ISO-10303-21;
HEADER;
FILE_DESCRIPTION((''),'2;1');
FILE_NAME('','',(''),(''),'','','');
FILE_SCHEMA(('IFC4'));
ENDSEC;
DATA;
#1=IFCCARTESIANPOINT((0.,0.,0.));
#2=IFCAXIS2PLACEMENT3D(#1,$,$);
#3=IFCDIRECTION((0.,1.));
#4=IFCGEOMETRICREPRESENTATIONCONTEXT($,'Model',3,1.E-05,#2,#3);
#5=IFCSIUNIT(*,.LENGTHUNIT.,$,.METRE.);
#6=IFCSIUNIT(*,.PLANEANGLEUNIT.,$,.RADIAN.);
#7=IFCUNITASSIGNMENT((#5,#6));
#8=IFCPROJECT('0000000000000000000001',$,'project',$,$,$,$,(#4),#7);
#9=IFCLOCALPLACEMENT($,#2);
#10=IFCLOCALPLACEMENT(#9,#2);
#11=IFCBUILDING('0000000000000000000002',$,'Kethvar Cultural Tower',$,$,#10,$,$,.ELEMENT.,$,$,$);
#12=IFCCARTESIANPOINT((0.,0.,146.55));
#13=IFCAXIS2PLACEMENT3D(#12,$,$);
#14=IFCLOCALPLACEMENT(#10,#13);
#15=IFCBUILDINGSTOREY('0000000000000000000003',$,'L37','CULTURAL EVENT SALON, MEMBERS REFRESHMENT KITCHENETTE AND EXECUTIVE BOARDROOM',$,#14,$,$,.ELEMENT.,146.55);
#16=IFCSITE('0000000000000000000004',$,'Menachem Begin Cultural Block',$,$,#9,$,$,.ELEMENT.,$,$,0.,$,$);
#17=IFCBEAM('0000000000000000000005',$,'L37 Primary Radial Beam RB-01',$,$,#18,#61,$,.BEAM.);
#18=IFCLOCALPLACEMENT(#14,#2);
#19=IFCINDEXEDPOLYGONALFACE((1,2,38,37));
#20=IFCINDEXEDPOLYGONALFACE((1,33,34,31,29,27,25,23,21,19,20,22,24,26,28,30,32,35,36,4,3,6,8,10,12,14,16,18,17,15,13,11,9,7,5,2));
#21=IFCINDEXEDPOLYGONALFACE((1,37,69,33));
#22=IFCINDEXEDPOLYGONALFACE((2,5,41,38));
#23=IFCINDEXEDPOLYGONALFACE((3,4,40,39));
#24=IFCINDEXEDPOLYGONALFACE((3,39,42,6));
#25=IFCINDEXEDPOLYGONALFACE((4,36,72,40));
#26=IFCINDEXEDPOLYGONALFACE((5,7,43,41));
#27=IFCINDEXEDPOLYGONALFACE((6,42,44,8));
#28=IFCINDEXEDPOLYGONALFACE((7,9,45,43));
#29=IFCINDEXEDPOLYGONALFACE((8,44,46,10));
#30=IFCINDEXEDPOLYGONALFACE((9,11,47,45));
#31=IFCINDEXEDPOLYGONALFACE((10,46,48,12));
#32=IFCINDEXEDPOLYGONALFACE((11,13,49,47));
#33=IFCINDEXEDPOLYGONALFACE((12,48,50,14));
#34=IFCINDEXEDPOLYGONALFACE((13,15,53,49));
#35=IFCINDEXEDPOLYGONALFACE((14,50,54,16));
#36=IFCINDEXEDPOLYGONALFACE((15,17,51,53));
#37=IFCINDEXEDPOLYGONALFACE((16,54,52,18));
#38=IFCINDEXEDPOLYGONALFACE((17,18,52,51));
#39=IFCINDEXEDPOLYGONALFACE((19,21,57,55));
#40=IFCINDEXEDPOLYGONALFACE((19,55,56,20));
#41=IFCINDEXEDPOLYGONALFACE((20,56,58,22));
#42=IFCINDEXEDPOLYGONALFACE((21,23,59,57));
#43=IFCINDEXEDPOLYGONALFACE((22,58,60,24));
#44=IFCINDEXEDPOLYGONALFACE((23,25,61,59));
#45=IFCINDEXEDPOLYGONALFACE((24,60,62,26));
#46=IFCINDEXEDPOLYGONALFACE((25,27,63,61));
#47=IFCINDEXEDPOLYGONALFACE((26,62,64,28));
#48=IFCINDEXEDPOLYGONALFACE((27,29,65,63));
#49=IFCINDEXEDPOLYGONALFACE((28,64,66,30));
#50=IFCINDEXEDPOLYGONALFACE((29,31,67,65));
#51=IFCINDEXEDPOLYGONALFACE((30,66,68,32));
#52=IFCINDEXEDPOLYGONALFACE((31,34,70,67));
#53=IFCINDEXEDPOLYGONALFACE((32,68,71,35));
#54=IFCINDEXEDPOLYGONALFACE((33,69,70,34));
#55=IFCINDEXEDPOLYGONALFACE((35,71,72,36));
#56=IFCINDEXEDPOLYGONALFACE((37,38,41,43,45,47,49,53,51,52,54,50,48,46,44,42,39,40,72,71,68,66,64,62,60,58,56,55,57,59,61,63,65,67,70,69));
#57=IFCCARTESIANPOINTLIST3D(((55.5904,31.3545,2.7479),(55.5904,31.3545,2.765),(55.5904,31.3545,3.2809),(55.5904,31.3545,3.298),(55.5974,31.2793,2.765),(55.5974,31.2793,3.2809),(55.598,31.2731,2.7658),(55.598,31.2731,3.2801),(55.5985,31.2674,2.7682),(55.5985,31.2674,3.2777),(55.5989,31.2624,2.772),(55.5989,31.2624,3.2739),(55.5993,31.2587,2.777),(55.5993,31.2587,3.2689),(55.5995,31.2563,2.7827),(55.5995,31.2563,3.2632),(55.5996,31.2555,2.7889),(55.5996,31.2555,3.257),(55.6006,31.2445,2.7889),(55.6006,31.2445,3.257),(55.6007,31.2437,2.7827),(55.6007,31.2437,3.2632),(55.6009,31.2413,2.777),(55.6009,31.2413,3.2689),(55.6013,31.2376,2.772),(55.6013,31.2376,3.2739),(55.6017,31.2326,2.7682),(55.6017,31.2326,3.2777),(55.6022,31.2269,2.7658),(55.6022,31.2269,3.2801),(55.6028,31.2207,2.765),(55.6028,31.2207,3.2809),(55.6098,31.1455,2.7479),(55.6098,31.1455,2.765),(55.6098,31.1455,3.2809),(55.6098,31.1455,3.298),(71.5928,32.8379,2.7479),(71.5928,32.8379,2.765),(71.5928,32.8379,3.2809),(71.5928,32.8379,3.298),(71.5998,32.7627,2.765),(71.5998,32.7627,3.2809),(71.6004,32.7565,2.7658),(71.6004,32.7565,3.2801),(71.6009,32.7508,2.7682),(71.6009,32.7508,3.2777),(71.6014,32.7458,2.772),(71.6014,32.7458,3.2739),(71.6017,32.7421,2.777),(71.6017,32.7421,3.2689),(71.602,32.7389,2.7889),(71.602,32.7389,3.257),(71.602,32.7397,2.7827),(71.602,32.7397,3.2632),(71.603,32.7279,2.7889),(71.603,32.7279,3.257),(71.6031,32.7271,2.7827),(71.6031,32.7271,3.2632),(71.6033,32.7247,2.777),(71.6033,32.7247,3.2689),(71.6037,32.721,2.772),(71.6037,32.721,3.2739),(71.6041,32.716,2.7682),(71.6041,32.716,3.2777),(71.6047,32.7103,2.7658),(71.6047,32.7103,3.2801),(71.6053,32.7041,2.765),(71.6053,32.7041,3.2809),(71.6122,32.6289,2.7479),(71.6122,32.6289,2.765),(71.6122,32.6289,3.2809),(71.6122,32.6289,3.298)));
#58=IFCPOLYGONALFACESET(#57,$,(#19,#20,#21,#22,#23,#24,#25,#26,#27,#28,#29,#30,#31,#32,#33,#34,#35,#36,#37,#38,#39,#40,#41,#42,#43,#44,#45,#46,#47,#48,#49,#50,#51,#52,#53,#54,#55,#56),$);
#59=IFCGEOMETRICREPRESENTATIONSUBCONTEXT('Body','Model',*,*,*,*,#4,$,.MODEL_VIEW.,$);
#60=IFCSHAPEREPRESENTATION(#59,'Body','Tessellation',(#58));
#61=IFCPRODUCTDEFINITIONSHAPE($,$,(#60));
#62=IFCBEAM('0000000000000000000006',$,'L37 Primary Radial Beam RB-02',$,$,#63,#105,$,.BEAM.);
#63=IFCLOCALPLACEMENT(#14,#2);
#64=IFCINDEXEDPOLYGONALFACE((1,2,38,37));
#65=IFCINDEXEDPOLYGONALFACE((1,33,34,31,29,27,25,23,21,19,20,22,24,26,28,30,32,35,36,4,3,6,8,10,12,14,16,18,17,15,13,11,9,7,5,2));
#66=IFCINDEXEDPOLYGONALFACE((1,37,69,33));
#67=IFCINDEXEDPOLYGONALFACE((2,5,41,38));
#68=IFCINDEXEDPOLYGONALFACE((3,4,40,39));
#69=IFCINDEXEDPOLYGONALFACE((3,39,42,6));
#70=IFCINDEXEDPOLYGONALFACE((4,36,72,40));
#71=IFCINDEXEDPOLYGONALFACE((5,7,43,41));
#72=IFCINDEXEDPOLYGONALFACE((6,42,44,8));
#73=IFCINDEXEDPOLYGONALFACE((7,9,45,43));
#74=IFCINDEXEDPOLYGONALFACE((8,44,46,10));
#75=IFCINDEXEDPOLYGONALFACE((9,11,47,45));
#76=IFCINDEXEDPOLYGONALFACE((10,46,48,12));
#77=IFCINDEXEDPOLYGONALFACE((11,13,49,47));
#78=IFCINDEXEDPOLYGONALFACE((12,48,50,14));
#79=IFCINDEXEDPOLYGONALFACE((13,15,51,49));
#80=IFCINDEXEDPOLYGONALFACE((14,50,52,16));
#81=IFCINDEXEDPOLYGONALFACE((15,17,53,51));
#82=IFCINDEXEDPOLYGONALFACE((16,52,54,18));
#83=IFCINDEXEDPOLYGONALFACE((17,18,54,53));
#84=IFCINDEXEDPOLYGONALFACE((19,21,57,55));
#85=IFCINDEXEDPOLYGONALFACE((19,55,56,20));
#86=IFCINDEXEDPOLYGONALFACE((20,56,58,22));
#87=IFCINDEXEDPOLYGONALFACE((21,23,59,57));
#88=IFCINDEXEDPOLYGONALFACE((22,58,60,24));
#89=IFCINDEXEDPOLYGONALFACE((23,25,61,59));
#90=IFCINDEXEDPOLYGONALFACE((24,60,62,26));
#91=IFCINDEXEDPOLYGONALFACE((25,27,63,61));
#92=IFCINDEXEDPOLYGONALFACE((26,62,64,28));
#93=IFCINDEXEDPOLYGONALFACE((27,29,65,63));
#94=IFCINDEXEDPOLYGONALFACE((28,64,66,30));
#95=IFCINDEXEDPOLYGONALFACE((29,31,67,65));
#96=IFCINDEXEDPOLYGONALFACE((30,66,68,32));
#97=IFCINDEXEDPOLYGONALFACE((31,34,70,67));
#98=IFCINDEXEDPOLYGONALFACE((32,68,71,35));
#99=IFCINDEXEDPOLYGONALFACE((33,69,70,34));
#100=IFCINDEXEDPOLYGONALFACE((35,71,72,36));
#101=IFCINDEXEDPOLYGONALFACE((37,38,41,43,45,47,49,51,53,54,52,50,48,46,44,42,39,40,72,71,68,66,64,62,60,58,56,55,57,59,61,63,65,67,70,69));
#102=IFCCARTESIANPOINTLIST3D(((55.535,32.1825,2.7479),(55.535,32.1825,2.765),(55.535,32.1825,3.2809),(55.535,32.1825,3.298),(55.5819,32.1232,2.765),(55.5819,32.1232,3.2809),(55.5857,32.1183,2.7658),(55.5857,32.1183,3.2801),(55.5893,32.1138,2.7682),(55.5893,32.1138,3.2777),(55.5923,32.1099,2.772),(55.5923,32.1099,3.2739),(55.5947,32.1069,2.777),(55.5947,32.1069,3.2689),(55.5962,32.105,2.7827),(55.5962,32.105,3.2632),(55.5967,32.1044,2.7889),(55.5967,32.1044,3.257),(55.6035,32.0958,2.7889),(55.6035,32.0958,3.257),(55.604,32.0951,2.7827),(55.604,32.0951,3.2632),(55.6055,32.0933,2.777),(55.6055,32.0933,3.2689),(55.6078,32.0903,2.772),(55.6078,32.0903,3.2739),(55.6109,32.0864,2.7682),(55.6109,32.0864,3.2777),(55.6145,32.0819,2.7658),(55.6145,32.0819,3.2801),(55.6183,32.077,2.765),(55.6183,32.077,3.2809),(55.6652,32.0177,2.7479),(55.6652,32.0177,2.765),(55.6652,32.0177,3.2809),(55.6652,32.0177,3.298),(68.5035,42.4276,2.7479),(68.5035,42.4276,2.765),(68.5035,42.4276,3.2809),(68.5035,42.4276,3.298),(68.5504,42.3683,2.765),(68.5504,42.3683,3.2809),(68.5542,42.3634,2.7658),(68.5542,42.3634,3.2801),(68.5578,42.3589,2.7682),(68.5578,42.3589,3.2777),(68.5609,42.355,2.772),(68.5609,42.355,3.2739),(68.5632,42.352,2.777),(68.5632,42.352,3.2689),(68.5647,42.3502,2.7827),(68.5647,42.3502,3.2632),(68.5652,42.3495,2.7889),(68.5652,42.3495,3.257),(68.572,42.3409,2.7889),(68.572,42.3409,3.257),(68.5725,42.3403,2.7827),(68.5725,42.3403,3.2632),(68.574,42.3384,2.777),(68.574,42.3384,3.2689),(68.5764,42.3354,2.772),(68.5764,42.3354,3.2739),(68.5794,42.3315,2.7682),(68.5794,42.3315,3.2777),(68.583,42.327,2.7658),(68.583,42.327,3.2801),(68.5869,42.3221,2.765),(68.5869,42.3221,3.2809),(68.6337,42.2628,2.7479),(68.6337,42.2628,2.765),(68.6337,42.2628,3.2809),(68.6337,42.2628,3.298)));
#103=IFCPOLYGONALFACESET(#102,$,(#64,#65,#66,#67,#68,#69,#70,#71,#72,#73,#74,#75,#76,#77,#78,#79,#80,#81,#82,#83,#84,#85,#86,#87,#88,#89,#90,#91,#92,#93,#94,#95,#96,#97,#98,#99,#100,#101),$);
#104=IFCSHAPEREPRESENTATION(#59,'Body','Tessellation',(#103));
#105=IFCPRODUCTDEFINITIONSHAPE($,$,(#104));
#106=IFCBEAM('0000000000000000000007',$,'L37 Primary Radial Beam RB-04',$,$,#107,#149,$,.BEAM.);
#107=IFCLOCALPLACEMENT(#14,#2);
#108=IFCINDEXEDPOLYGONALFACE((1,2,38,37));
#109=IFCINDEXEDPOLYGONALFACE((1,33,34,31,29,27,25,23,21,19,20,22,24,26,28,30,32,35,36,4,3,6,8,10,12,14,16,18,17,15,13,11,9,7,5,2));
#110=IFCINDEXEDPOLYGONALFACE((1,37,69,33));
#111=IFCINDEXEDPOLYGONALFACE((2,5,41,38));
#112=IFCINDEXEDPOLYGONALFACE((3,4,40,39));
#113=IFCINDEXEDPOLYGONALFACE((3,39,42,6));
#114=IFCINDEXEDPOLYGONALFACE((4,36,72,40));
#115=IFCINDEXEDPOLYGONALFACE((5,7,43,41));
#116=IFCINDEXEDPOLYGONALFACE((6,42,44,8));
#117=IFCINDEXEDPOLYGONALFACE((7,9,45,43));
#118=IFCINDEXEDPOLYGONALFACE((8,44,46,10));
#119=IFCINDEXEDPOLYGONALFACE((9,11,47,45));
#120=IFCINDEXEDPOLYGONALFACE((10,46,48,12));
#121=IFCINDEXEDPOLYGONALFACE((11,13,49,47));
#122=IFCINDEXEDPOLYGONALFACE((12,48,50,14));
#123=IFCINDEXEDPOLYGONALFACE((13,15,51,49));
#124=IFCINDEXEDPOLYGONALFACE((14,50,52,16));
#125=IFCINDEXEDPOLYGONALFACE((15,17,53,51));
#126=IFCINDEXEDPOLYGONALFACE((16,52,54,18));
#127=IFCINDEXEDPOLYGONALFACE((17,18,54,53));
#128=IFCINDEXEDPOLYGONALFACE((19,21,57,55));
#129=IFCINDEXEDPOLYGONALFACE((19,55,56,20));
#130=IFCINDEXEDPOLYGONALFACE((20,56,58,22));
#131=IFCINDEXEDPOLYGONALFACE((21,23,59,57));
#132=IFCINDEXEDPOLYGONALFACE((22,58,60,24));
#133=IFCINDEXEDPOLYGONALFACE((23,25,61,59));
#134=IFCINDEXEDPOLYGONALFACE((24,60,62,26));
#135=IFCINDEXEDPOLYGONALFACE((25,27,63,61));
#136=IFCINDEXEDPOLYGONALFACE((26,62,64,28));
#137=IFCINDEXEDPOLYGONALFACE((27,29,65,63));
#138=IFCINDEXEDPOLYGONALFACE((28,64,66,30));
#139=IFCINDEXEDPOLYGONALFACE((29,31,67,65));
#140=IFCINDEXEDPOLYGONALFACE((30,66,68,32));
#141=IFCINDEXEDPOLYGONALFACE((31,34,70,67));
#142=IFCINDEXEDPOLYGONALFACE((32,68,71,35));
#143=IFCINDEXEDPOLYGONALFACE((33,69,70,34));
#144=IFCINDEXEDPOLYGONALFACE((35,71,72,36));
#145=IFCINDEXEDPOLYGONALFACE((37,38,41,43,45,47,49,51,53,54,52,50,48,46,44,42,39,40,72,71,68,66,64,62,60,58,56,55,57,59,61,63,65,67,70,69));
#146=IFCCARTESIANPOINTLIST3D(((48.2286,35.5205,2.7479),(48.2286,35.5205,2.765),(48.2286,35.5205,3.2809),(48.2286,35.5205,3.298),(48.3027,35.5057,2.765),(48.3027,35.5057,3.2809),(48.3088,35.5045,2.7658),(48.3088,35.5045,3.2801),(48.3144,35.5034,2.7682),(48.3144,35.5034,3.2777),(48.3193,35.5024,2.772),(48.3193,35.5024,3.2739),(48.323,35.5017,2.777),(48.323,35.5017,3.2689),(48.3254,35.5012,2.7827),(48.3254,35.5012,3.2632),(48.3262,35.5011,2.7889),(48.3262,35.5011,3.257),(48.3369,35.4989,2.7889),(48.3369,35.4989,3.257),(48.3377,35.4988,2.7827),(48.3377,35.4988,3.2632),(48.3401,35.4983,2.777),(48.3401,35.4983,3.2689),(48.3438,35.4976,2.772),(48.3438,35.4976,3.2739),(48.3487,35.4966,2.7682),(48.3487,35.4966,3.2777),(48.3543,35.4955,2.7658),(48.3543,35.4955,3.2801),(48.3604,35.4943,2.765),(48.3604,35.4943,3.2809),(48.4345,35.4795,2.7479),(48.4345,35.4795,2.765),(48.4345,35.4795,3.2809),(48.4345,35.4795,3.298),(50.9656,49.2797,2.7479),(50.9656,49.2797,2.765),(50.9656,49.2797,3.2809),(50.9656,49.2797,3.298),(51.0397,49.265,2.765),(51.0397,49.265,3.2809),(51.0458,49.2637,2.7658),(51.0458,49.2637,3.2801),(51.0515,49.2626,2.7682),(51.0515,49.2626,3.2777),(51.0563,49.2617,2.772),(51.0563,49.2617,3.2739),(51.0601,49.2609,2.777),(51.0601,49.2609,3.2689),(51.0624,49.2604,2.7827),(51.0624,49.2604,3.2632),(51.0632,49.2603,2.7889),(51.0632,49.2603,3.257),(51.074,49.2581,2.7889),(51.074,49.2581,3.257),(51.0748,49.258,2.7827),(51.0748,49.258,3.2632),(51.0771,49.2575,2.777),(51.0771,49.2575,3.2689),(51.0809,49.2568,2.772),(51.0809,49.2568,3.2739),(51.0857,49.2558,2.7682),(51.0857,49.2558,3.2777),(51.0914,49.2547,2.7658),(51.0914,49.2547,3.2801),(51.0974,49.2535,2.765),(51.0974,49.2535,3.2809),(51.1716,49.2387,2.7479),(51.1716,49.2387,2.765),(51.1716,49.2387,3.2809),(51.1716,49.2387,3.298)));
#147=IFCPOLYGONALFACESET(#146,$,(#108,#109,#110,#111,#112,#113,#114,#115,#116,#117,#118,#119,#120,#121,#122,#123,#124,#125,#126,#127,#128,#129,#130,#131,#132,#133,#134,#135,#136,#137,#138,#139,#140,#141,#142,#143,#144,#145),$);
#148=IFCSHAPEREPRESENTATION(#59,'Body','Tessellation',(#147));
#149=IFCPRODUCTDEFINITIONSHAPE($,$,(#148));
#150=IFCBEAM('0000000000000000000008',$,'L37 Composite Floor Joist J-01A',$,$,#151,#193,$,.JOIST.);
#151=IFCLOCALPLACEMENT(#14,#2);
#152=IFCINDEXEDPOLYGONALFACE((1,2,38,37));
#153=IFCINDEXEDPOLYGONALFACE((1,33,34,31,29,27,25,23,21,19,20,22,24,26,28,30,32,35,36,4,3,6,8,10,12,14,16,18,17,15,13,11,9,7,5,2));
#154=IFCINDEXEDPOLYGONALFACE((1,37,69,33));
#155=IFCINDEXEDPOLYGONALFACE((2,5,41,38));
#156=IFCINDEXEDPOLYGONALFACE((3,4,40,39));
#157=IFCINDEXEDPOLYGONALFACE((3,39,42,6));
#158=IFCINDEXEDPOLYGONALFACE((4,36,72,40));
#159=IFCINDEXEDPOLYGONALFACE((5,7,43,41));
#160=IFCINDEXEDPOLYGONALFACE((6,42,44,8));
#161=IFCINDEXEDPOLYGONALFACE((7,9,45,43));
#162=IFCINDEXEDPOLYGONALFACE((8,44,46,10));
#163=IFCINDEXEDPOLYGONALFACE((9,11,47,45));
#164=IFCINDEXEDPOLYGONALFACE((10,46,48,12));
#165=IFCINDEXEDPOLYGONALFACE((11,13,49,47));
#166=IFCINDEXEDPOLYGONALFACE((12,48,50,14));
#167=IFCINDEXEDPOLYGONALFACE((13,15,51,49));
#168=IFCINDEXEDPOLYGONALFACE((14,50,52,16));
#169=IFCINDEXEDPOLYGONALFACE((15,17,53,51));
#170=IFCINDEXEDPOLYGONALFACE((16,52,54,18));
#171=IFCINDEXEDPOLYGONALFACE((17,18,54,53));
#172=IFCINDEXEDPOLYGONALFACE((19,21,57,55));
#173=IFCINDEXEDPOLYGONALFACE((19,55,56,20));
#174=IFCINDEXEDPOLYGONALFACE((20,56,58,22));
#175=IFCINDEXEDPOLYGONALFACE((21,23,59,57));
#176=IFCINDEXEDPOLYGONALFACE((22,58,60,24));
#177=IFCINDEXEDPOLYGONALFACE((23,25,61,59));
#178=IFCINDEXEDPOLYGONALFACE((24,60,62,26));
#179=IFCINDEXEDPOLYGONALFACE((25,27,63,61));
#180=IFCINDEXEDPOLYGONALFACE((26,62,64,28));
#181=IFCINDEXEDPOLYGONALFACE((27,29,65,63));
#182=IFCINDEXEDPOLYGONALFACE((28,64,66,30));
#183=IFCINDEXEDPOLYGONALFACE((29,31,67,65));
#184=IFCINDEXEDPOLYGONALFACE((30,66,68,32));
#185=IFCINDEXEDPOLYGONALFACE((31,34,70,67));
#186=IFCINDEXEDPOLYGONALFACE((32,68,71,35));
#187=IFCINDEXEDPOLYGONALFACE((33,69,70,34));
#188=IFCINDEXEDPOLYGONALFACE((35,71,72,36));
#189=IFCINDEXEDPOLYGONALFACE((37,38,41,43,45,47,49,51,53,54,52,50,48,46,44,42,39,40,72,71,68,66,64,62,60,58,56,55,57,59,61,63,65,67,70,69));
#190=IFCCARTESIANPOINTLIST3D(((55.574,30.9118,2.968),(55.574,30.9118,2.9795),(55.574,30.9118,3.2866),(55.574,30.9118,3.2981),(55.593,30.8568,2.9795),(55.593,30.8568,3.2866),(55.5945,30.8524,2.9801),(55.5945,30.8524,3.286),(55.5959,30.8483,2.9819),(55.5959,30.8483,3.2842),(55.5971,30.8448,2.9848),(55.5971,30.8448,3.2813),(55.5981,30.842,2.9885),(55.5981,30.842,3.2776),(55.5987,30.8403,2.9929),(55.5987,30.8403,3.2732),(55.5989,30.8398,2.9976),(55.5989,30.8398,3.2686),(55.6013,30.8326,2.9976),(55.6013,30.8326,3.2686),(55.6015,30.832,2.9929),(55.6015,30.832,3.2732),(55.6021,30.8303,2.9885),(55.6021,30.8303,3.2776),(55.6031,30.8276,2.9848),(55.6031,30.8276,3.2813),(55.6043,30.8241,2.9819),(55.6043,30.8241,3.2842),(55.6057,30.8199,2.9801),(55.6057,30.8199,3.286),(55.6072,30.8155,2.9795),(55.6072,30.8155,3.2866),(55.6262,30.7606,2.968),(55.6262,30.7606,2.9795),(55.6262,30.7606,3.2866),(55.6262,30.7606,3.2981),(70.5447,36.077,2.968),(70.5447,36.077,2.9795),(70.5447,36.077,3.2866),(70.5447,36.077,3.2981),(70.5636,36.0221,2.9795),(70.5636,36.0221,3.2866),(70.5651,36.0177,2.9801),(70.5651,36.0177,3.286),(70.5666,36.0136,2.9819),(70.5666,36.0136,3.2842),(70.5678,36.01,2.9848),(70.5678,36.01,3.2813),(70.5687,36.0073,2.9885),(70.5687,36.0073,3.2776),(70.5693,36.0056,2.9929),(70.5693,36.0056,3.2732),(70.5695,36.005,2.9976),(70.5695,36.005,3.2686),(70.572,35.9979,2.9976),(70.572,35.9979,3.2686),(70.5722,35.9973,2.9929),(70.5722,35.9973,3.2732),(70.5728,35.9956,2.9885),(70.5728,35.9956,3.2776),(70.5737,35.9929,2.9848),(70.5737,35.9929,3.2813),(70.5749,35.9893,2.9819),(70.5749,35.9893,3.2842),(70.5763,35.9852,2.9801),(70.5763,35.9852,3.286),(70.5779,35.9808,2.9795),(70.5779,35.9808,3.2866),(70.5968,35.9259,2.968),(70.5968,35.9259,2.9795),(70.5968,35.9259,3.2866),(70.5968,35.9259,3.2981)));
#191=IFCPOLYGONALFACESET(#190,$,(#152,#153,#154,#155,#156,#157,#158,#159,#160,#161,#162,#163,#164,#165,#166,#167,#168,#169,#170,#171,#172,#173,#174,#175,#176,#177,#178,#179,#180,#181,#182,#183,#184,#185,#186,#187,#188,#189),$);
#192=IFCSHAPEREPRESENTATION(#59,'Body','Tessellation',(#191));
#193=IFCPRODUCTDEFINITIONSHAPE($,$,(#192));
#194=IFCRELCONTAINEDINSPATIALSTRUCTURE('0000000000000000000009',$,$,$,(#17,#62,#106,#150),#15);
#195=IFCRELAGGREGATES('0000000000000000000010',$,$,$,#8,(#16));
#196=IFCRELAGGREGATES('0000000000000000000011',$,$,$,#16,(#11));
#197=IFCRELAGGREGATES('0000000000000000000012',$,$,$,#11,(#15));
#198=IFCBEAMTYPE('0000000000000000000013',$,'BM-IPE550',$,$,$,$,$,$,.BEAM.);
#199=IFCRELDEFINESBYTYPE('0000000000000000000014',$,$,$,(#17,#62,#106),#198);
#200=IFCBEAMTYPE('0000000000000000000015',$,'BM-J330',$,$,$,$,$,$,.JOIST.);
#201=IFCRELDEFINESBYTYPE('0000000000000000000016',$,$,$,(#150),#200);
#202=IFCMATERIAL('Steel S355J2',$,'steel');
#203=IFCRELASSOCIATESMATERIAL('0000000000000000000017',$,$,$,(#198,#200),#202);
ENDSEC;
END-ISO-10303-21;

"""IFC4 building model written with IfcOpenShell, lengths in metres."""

from ifc_helpers import new_model, si_unit, direction, frame, origin, origin_2d, place, context, subcontext, project, spatial, i_section, extrude, source, transform, mapped, material, material_profile, profile_set, type_object, element, save


model = new_model("IFC4")

# Units and contexts
model_context = context("Model", 3, precision=1e-05, world=origin(), true_north=direction((0.0, 1.0)))
body_context = subcontext(model_context, "Body", "Model", "MODEL_VIEW")
ifc_project = project(units=[si_unit("LENGTHUNIT", "METRE"), si_unit("PLANEANGLEUNIT", "RADIAN")], contexts=[model_context])

# Site, building, storey
site_placement = place(None, origin())
site = spatial("IfcSite", under=ifc_project, at=site_placement, Name="Menachem Begin Cultural Block", CompositionType="ELEMENT", RefElevation=0.0)
building_placement = place(site_placement, origin())
building = spatial("IfcBuilding", under=site, at=building_placement, Name="Kethvar Cultural Tower", CompositionType="ELEMENT")
storey_placement = place(building_placement, frame((0.0, 0.0, 146.55)))
storey = spatial("IfcBuildingStorey", under=building, at=storey_placement, Name="L37", Description="CULTURAL EVENT SALON, MEMBERS REFRESHMENT KITCHENETTE AND EXECUTIVE BOARDROOM", CompositionType="ELEMENT", Elevation=146.55)

# Beams
ifc_material_1 = material(Name="Steel S355J2", Category="steel")
ifc_material_profile_1 = material_profile(ifc_material_1, i_section(OverallWidth=0.21, OverallDepth=0.55, WebThickness=0.011, FlangeThickness=0.0171, FilletRadius=0.0239, at=origin_2d()), Name="Steel S355J2 — IPE550")
ifc_profile_set_1 = profile_set([ifc_material_profile_1], Name="Steel S355J2 — IPE550")
beam_type_1 = type_object("IfcBeamType", Name="BM-IPE550", PredefinedType="BEAM", material=ifc_profile_set_1)
shared_shape_1 = source(origin(), body_context, "Body", "SweptSolid", [
    extrude(i_section(OverallWidth=0.21, OverallDepth=0.55, WebThickness=0.011, FlangeThickness=0.0171, FilletRadius=0.0239, at=origin_2d()), origin(), (0.0, 0.0, 1.0), 16.071),
])
beam_1_placement = place(storey_placement, frame((55.6001, 31.25, 3.0229), z_axis=(0.995731, 0.092303, 0.0), x_axis=(-0.092303, 0.995731, 0.0)))
element("IfcBeam", 1, at=beam_1_placement, inside=storey, type_object=beam_type_1, Name="L37 Primary Radial Beam RB-01", PredefinedType="BEAM", context=body_context, shape_type="MappedRepresentation", body=[
    mapped(shared_shape_1, transform((0.0, 0.0, 0.0), scale=1.0)),
])
shared_shape_2 = source(origin(), body_context, "Body", "SweptSolid", [
    extrude(i_section(OverallWidth=0.21, OverallDepth=0.55, WebThickness=0.011, FlangeThickness=0.0171, FilletRadius=0.0239, at=origin_2d()), origin(), (0.0, 0.0, 1.0), 16.5271),
])
beam_2_placement = place(storey_placement, frame((55.6001, 32.1001, 3.0229), z_axis=(0.784682, 0.619899, 0.0), x_axis=(-0.619899, 0.784682, 0.0)))
element("IfcBeam", 2, at=beam_2_placement, inside=storey, type_object=beam_type_1, Name="L37 Primary Radial Beam RB-02", PredefinedType="BEAM", context=body_context, shape_type="MappedRepresentation", body=[
    mapped(shared_shape_2, transform((0.0, 0.0, 0.0), scale=1.0)),
])
shared_shape_3 = source(origin(), body_context, "Body", "SweptSolid", [
    extrude(i_section(OverallWidth=0.21, OverallDepth=0.55, WebThickness=0.011, FlangeThickness=0.0171, FilletRadius=0.0239, at=origin_2d()), origin(), (0.0, 0.0, 1.0), 14.0288),
])
beam_3_placement = place(storey_placement, frame((48.3315, 35.5, 3.0229), z_axis=(0.195102, 0.980783, 0.0), x_axis=(-0.980783, 0.195102, 0.0)))
element("IfcBeam", 3, at=beam_3_placement, inside=storey, type_object=beam_type_1, Name="L37 Primary Radial Beam RB-04", PredefinedType="BEAM", context=body_context, shape_type="MappedRepresentation", body=[
    mapped(shared_shape_3, transform((0.0, 0.0, 0.0), scale=1.0)),
])
ifc_material_profile_2 = material_profile(ifc_material_1, i_section(OverallWidth=0.1599, OverallDepth=0.3301, WebThickness=0.0076, FlangeThickness=0.0115, FilletRadius=0.0181, at=origin_2d()), Name="Steel S355J2 — IPE330")
ifc_profile_set_2 = profile_set([ifc_material_profile_2], Name="Steel S355J2 — IPE330")
beam_type_2 = type_object("IfcBeamType", Name="BM-J330", PredefinedType="JOIST", material=ifc_profile_set_2)
shared_shape_4 = source(origin(), body_context, "Body", "SweptSolid", [
    extrude(i_section(OverallWidth=0.1599, OverallDepth=0.3301, WebThickness=0.0076, FlangeThickness=0.0115, FilletRadius=0.0181, at=origin_2d()), origin(), (0.0, 0.0, 1.0), 15.8367),
])
beam_4_placement = place(storey_placement, frame((55.6001, 30.8362, 3.1331), z_axis=(0.945315, 0.326158, 0.0), x_axis=(-0.326158, 0.945315, 0.0)))
element("IfcBeam", 4, at=beam_4_placement, inside=storey, type_object=beam_type_2, Name="L37 Composite Floor Joist J-01A", PredefinedType="JOIST", context=body_context, shape_type="MappedRepresentation", body=[
    mapped(shared_shape_4, transform((0.0, 0.0, 0.0), scale=1.0)),
])

save(model, "model.ifc")
